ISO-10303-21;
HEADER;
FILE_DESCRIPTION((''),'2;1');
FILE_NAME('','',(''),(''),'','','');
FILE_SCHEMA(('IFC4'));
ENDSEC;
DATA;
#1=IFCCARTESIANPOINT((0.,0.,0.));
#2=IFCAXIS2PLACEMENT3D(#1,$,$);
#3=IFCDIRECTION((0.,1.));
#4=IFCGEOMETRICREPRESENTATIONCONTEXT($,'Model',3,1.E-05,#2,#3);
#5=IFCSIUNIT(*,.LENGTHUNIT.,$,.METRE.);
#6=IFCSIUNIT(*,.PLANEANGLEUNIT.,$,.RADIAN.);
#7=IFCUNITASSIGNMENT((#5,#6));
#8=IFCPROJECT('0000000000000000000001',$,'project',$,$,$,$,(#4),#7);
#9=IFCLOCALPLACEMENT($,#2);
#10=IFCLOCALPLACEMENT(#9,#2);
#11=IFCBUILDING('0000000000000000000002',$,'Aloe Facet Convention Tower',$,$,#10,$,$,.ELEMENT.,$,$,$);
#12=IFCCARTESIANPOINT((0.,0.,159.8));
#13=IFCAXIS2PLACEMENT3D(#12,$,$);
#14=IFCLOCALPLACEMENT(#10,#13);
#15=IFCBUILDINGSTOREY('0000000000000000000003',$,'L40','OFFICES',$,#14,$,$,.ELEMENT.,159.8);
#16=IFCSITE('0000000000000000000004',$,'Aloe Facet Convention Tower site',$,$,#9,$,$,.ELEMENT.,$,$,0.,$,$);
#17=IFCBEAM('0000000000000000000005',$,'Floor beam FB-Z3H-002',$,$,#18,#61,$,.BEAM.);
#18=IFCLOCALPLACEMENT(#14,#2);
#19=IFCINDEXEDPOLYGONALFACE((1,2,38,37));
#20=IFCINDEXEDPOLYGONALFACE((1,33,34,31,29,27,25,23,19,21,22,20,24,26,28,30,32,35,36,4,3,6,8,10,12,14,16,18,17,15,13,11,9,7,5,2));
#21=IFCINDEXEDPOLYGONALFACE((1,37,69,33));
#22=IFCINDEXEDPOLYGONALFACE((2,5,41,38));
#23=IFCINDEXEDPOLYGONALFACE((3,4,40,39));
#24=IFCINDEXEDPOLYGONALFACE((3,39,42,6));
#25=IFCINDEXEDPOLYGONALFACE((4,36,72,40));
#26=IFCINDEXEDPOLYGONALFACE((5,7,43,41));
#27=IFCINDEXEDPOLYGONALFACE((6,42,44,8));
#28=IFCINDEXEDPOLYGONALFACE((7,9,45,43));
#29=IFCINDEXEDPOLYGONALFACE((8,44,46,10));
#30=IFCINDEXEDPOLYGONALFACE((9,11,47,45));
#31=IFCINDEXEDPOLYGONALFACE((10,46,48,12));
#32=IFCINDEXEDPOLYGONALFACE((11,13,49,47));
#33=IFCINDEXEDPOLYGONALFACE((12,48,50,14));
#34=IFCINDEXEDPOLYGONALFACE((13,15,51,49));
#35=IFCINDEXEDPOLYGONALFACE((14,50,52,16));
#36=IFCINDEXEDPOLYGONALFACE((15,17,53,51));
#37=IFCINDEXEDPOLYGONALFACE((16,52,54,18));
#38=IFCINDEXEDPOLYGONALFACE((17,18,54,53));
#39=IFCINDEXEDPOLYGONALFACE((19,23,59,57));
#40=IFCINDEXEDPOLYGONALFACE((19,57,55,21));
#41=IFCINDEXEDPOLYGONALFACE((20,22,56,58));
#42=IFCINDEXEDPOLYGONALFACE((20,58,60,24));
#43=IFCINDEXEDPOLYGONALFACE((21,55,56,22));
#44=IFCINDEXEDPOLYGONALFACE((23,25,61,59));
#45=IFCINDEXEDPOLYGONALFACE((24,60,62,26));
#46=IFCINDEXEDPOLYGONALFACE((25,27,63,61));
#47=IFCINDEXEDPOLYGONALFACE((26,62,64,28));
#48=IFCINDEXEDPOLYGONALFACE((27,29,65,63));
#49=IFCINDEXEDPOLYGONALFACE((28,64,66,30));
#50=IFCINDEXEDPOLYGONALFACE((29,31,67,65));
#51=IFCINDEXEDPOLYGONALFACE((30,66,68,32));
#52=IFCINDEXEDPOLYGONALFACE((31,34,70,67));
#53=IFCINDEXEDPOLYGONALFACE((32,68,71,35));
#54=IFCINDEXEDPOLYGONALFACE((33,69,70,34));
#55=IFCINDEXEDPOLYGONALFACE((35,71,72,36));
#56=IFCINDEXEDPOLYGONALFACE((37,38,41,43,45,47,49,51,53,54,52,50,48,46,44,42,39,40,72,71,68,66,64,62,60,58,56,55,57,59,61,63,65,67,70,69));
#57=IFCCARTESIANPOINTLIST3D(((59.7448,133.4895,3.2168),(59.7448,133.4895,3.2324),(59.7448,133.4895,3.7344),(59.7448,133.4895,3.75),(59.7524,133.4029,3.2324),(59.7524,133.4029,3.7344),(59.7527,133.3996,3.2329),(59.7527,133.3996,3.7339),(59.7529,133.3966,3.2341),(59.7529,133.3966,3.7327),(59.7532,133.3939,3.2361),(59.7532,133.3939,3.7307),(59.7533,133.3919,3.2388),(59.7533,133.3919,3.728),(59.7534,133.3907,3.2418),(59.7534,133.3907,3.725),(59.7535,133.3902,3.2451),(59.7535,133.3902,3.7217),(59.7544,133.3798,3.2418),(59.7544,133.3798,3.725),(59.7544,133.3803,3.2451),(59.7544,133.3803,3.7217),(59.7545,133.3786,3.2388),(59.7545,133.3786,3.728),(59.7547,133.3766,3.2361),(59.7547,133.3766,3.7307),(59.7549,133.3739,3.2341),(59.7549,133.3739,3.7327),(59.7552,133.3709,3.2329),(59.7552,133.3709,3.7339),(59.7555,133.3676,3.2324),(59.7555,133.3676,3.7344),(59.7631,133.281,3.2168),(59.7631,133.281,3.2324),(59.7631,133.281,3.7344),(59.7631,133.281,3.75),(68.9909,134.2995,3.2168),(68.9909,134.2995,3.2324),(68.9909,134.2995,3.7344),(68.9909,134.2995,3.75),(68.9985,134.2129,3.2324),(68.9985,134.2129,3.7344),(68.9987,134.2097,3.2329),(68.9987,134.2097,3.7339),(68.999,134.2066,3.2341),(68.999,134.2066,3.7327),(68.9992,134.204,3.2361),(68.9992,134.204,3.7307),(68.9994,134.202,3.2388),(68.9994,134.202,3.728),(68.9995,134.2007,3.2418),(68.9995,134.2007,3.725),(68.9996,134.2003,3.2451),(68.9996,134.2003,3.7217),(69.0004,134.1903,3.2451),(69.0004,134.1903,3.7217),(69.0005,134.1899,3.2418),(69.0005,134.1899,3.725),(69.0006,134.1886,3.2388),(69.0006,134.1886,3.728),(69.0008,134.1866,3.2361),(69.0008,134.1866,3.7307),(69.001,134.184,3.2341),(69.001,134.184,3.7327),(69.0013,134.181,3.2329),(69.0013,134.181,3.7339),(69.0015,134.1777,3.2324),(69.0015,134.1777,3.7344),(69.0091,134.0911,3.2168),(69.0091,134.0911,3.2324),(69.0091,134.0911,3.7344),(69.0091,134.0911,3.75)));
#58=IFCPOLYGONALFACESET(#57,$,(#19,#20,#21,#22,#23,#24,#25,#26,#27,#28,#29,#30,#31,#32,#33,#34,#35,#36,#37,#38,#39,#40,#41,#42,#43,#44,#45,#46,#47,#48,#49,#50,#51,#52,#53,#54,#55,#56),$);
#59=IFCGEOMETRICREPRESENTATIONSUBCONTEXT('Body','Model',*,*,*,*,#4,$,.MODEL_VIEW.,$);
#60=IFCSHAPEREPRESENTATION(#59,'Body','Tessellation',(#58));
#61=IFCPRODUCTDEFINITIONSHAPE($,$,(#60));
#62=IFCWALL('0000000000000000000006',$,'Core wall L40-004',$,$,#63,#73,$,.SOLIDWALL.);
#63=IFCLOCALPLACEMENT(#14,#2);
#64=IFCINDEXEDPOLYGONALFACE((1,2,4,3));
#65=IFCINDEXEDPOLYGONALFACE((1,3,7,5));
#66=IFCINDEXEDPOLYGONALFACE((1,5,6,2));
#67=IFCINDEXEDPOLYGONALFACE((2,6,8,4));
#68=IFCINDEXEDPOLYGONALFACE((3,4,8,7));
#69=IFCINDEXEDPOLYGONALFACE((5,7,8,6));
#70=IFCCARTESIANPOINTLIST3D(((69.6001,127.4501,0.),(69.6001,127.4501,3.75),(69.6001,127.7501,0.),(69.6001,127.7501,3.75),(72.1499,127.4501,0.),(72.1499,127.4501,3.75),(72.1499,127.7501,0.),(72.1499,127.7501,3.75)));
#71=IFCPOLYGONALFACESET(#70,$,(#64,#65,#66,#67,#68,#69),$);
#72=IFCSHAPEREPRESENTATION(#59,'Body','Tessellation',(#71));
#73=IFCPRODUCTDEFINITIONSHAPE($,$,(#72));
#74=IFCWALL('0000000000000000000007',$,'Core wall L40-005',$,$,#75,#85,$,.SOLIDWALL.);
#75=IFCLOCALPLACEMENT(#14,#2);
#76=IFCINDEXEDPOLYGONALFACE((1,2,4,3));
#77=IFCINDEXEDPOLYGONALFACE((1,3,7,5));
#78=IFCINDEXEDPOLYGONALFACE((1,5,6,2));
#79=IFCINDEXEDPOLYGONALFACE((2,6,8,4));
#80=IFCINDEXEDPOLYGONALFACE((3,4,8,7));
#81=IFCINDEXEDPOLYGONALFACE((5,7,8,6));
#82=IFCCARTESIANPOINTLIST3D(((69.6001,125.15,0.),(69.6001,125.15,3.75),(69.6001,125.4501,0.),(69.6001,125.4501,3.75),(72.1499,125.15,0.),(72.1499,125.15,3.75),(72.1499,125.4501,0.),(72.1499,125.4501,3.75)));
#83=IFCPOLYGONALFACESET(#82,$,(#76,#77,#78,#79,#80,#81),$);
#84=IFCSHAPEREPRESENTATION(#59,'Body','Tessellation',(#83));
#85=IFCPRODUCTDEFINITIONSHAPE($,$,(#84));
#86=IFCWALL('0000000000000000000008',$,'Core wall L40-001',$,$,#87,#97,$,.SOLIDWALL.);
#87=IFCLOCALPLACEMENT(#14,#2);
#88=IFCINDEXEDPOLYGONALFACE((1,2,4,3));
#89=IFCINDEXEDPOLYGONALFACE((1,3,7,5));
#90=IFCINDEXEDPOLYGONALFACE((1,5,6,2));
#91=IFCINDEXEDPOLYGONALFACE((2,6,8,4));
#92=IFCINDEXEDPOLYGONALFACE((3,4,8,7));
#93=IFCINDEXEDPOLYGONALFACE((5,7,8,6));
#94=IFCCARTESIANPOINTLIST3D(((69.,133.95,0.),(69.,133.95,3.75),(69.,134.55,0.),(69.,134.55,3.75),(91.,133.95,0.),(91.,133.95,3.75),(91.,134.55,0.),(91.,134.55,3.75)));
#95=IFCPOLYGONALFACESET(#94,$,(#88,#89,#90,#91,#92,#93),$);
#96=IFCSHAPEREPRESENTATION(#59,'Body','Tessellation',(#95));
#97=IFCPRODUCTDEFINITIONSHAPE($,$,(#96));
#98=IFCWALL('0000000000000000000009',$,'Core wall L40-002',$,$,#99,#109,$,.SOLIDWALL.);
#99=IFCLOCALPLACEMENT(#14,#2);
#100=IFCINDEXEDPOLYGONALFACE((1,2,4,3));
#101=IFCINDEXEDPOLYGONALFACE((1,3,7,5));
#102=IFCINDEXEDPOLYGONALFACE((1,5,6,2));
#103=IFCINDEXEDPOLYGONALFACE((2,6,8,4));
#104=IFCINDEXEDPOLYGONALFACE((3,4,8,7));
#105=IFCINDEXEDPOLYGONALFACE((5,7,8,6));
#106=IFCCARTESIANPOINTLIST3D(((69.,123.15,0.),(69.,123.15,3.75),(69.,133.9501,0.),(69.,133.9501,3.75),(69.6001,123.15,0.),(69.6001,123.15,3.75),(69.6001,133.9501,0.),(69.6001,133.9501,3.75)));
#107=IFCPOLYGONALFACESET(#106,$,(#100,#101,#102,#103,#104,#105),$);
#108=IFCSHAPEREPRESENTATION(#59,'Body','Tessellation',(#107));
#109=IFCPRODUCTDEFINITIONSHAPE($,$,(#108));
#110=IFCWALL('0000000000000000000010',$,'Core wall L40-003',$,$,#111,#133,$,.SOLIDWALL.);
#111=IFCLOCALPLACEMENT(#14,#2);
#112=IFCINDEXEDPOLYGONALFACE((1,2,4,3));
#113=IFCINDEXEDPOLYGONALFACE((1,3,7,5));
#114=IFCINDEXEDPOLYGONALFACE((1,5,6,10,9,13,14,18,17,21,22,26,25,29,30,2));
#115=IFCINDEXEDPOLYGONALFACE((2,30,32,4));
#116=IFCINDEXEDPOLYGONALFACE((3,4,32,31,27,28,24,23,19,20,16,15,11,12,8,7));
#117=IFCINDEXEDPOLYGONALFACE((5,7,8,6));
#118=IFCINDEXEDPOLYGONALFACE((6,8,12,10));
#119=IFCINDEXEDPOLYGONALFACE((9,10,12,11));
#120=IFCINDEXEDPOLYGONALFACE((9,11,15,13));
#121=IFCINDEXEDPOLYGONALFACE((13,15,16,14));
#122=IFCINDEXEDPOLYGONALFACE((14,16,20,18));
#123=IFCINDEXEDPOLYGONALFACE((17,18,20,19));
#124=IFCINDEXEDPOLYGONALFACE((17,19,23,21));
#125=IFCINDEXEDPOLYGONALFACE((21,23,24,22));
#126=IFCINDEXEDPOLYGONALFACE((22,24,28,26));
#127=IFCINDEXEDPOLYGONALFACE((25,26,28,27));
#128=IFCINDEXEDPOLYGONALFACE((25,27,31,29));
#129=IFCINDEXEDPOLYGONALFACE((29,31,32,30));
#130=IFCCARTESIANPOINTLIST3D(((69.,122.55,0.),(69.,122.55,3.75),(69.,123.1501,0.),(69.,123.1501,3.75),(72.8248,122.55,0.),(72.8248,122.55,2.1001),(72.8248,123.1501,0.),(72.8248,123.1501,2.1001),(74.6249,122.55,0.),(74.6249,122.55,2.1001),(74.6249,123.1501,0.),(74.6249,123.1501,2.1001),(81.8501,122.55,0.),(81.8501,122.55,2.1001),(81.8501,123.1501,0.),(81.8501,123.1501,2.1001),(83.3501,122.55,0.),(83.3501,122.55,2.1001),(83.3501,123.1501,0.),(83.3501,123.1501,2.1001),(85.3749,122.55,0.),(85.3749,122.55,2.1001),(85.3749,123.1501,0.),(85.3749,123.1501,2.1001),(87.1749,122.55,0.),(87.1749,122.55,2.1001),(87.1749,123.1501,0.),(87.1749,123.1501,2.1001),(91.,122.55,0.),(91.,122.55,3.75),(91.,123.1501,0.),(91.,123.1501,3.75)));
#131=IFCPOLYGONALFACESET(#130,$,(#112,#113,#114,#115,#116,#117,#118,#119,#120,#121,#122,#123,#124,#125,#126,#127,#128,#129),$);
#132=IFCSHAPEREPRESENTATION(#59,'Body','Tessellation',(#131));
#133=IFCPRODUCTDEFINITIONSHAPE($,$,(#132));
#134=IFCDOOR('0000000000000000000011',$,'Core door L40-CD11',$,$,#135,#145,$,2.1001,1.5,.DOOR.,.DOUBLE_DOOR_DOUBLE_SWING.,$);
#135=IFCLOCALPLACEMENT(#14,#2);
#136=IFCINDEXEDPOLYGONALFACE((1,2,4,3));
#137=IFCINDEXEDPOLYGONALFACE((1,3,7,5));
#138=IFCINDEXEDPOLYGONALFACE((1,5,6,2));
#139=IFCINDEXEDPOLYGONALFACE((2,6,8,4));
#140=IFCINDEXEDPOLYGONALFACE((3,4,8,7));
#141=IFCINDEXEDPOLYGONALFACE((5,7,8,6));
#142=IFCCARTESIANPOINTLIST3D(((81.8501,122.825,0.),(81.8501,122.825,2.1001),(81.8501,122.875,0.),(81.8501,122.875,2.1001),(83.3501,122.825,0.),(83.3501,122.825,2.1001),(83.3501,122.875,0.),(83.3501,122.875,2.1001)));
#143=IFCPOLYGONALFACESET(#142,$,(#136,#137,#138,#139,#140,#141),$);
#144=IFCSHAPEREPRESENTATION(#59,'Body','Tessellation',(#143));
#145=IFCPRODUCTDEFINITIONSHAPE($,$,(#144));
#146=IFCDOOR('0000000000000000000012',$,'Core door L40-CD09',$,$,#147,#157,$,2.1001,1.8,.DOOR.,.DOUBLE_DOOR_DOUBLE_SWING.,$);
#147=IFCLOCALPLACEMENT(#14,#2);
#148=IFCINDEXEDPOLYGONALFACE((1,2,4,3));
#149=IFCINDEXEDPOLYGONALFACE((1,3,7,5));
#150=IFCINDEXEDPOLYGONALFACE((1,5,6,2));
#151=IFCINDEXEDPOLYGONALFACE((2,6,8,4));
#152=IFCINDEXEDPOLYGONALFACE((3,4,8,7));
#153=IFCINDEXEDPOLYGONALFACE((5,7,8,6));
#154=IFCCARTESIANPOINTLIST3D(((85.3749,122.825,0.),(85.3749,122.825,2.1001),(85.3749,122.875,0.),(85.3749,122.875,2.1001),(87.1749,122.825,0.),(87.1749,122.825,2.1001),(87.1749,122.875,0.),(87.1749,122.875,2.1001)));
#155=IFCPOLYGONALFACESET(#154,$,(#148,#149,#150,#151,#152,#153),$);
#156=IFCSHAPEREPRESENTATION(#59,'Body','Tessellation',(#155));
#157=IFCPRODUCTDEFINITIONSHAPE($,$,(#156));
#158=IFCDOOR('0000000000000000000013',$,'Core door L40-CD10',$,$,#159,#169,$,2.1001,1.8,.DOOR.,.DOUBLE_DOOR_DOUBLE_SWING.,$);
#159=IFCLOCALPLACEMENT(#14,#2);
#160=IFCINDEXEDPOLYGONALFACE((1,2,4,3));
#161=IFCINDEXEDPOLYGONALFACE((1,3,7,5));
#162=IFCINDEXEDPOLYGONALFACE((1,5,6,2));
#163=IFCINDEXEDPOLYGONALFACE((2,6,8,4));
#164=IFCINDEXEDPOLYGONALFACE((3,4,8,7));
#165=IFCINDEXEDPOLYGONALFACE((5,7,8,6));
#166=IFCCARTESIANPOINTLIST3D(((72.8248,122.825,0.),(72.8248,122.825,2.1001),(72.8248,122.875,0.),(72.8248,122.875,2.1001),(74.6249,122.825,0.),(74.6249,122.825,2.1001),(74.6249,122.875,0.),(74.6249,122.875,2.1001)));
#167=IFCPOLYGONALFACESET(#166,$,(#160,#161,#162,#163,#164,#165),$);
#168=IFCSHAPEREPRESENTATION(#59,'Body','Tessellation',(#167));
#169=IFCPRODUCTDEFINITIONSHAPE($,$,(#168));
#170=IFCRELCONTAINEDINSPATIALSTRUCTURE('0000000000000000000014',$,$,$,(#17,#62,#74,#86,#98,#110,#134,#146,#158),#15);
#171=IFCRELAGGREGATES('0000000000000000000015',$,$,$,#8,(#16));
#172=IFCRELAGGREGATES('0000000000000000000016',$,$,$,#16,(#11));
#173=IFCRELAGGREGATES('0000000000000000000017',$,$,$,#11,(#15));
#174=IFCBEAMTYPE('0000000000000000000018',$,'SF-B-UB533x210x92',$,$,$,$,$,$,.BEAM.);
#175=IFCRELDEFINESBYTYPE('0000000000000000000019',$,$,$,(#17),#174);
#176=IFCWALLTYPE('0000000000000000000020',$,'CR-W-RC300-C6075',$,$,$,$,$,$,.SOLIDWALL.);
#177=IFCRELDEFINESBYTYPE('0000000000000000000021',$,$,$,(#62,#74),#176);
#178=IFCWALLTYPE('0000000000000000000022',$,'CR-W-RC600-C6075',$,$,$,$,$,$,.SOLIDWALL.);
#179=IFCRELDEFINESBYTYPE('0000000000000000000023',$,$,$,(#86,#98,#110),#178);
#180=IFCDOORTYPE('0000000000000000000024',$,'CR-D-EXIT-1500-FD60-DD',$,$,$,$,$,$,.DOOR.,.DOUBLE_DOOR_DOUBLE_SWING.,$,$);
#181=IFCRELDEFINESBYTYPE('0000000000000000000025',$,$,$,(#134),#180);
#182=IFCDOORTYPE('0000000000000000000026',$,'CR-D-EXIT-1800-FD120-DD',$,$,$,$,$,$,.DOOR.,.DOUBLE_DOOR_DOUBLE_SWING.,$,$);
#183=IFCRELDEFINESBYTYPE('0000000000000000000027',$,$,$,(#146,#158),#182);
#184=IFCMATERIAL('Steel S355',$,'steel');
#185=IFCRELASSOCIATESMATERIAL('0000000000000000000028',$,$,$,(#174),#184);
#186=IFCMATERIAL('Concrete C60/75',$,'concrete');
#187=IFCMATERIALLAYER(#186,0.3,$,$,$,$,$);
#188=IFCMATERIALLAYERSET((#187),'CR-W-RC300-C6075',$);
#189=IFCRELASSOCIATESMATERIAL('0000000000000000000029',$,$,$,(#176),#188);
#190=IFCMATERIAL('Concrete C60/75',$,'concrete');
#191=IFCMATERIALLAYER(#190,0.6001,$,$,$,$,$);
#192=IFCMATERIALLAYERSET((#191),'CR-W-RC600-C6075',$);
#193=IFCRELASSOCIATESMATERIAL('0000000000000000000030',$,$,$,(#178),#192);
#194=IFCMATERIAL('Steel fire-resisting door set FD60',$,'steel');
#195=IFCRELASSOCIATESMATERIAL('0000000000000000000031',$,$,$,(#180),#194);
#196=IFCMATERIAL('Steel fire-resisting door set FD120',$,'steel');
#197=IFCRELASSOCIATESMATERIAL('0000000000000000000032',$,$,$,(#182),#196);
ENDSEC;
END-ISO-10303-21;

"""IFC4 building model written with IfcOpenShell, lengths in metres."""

from ifc_helpers import new_model, si_unit, direction, frame, frame_2d, origin, origin_2d, place, context, subcontext, project, spatial, rectangle, i_section, extrude, material, layer, layer_set, material_profile, profile_set, type_object, element, fill, save


model = new_model("IFC4")

# Units and contexts
model_context = context("Model", 3, precision=1e-05, world=origin(), true_north=direction((0.0, 1.0)))
body_context = subcontext(model_context, "Body", "Model", "MODEL_VIEW")
ifc_project = project(units=[si_unit("LENGTHUNIT", "METRE"), si_unit("PLANEANGLEUNIT", "RADIAN")], contexts=[model_context])

# Site, building, storey
site_placement = place(None, origin())
site = spatial("IfcSite", under=ifc_project, at=site_placement, Name="Aloe Facet Convention Tower site", CompositionType="ELEMENT", RefElevation=0.0)
building_placement = place(site_placement, origin())
building = spatial("IfcBuilding", under=site, at=building_placement, Name="Aloe Facet Convention Tower", CompositionType="ELEMENT")
storey_placement = place(building_placement, frame((0.0, 0.0, 159.8)))
storey = spatial("IfcBuildingStorey", under=building, at=storey_placement, Name="L40", Description="OFFICES", CompositionType="ELEMENT", Elevation=159.8)

# Beam
ifc_material_1 = material(Name="Steel S355", Category="steel")
ifc_material_profile = material_profile(ifc_material_1, i_section(OverallWidth=0.2092, OverallDepth=0.5332, WebThickness=0.01, FlangeThickness=0.0156, FilletRadius=0.0127, at=origin_2d()), Name="UB 533x210x92")
ifc_profile_set = profile_set([ifc_material_profile], Name="Steel S355")
beam_type = type_object("IfcBeamType", Name="SF-B-UB533x210x92", PredefinedType="BEAM", material=ifc_profile_set)
beam_placement = place(storey_placement, frame((69.0, 134.1953, 3.4834), z_axis=(-0.996184, -0.087277, 0.0), x_axis=(0.087277, -0.996184, 0.0)))
element("IfcBeam", 1, at=beam_placement, inside=storey, type_object=beam_type, Name="Floor beam FB-Z3H-002", PredefinedType="BEAM", context=body_context, shape_type="SweptSolid", body=[
    extrude(i_section(OverallWidth=0.2092, OverallDepth=0.5332, WebThickness=0.01, FlangeThickness=0.0156, FilletRadius=0.0127, at=origin_2d()), origin(), (0.0, 0.0, 1.0), 9.2815),
])

# Walls
ifc_material_2 = material(Name="Concrete C60/75", Category="concrete")
ifc_layer_1 = layer(ifc_material_2, 0.3)
ifc_layer_set_1 = layer_set([ifc_layer_1], Name="CR-W-RC300-C6075")
wall_type_1 = type_object("IfcWallType", Name="CR-W-RC300-C6075", PredefinedType="SOLIDWALL", material=ifc_layer_set_1)
for number, where, z_axis, x_axis, name in (
    (2, (69.6001, 127.6001, 0.0), (0.0, 0.0, 1.0), (1.0, 0.0, 0.0), "Core wall L40-004"),
    (3, (69.6001, 125.3, 0.0), (0.0, 0.0, 1.0), (1.0, 0.0, 0.0), "Core wall L40-005"),
):
    element("IfcWall", number, at=place(storey_placement, frame(where, z_axis=z_axis, x_axis=x_axis)), inside=storey, type_object=wall_type_1, Name=name, PredefinedType="SOLIDWALL", context=body_context, shape_type="SweptSolid", body=[
        extrude(rectangle(XDim=2.5498, YDim=0.3, at=frame_2d((1.2749, 0.0))), origin(), (0.0, 0.0, 1.0), 3.75),
    ])
ifc_material_3 = material(Name="Concrete C60/75", Category="concrete")
ifc_layer_2 = layer(ifc_material_3, 0.6001)
ifc_layer_set_2 = layer_set([ifc_layer_2], Name="CR-W-RC600-C6075")
wall_type_2 = type_object("IfcWallType", Name="CR-W-RC600-C6075", PredefinedType="SOLIDWALL", material=ifc_layer_set_2)
wall_1_placement = place(storey_placement, frame((69.0, 134.25, 0.0), z_axis=(0.0, 0.0, 1.0), x_axis=(1.0, 0.0, 0.0)))
element("IfcWall", 4, at=wall_1_placement, inside=storey, type_object=wall_type_2, Name="Core wall L40-001", PredefinedType="SOLIDWALL", context=body_context, shape_type="SweptSolid", body=[
    extrude(rectangle(XDim=22.0, YDim=0.6001, at=frame_2d((11.0, 0.0))), origin(), (0.0, 0.0, 1.0), 3.75),
])
wall_2_placement = place(storey_placement, frame((69.3, 133.95, 0.0), z_axis=(0.0, 0.0, 1.0), x_axis=(0.0, -1.0, 0.0)))
element("IfcWall", 5, at=wall_2_placement, inside=storey, type_object=wall_type_2, Name="Core wall L40-002", PredefinedType="SOLIDWALL", context=body_context, shape_type="SweptSolid", body=[
    extrude(rectangle(XDim=10.8, YDim=0.6001, at=frame_2d((5.3999, 0.0))), origin(), (0.0, 0.0, 1.0), 3.75),
])

# Wall, openings, doors
wall_3_placement = place(storey_placement, frame((69.0, 122.8501, 0.0), z_axis=(0.0, 0.0, 1.0), x_axis=(1.0, 0.0, 0.0)))
wall_3 = element("IfcWall", 6, at=wall_3_placement, inside=storey, type_object=wall_type_2, Name="Core wall L40-003", PredefinedType="SOLIDWALL", context=body_context, shape_type="SweptSolid", body=[
    extrude(rectangle(XDim=22.0, YDim=0.6001, at=frame_2d((11.0, 0.0))), origin(), (0.0, 0.0, 1.0), 3.75),
])
opening_1_placement = place(wall_3_placement, frame((16.375, 0.0, 0.0)))
opening_1 = element("IfcOpeningElement", 7, at=opening_1_placement, cuts=wall_3, PredefinedType="OPENING", context=body_context, shape_type="SweptSolid", body=[
    extrude(rectangle(XDim=1.8, YDim=2.1001, at=frame_2d((0.8999, 1.05))), frame((0.0, 0.3101, 0.0), z_axis=(0.0, -1.0, 0.0), x_axis=(1.0, 0.0, 0.0)), (0.0, 0.0, 1.0), 0.6201),
])
opening_2_placement = place(wall_3_placement, frame((3.825, 0.0, 0.0)))
opening_2 = element("IfcOpeningElement", 8, at=opening_2_placement, cuts=wall_3, PredefinedType="OPENING", context=body_context, shape_type="SweptSolid", body=[
    extrude(rectangle(XDim=1.8, YDim=2.1001, at=frame_2d((0.8999, 1.05))), frame((0.0, 0.3101, 0.0), z_axis=(0.0, -1.0, 0.0), x_axis=(1.0, 0.0, 0.0)), (0.0, 0.0, 1.0), 0.6201),
])
opening_3_placement = place(wall_3_placement, frame((12.8501, 0.0, 0.0)))
opening_3 = element("IfcOpeningElement", 9, at=opening_3_placement, cuts=wall_3, PredefinedType="OPENING", context=body_context, shape_type="SweptSolid", body=[
    extrude(rectangle(XDim=1.5, YDim=2.1001, at=frame_2d((0.75, 1.05))), frame((0.0, 0.3101, 0.0), z_axis=(0.0, -1.0, 0.0), x_axis=(1.0, 0.0, 0.0)), (0.0, 0.0, 1.0), 0.6201),
])
ifc_material_4 = material(Name="Steel fire-resisting door set FD60", Category="steel")
door_type_1 = type_object("IfcDoorType", Name="CR-D-EXIT-1500-FD60-DD", OperationType="DOUBLE_DOOR_DOUBLE_SWING", PredefinedType="DOOR", material=ifc_material_4)
door_1_placement = place(opening_3_placement, origin())
door_1 = element("IfcDoor", 10, at=door_1_placement, inside=storey, type_object=door_type_1, Name="Core door L40-CD11", OperationType="DOUBLE_DOOR_DOUBLE_SWING", OverallHeight=2.1001, OverallWidth=1.5, PredefinedType="DOOR", context=body_context, shape_type="SweptSolid", body=[
    extrude(rectangle(XDim=1.5, YDim=2.1001, at=frame_2d((0.75, 1.05))), frame((0.0, 0.0249, 0.0), z_axis=(0.0, -1.0, 0.0), x_axis=(1.0, 0.0, 0.0)), (0.0, 0.0, 1.0), 0.05),
])
fill(opening_3, door_1)
ifc_material_5 = material(Name="Steel fire-resisting door set FD120", Category="steel")
door_type_2 = type_object("IfcDoorType", Name="CR-D-EXIT-1800-FD120-DD", OperationType="DOUBLE_DOOR_DOUBLE_SWING", PredefinedType="DOOR", material=ifc_material_5)
door_2_placement = place(opening_1_placement, origin())
door_2 = element("IfcDoor", 11, at=door_2_placement, inside=storey, type_object=door_type_2, Name="Core door L40-CD09", OperationType="DOUBLE_DOOR_DOUBLE_SWING", OverallHeight=2.1001, OverallWidth=1.8, PredefinedType="DOOR", context=body_context, shape_type="SweptSolid", body=[
    extrude(rectangle(XDim=1.8, YDim=2.1001, at=frame_2d((0.8999, 1.05))), frame((0.0, 0.0249, 0.0), z_axis=(0.0, -1.0, 0.0), x_axis=(1.0, 0.0, 0.0)), (0.0, 0.0, 1.0), 0.05),
])
fill(opening_1, door_2)
door_3_placement = place(opening_2_placement, origin())
door_3 = element("IfcDoor", 12, at=door_3_placement, inside=storey, type_object=door_type_2, Name="Core door L40-CD10", OperationType="DOUBLE_DOOR_DOUBLE_SWING", OverallHeight=2.1001, OverallWidth=1.8, PredefinedType="DOOR", context=body_context, shape_type="SweptSolid", body=[
    extrude(rectangle(XDim=1.8, YDim=2.1001, at=frame_2d((0.8999, 1.05))), frame((0.0, 0.0249, 0.0), z_axis=(0.0, -1.0, 0.0), x_axis=(1.0, 0.0, 0.0)), (0.0, 0.0, 1.0), 0.05),
])
fill(opening_2, door_3)

save(model, "model.ifc")
